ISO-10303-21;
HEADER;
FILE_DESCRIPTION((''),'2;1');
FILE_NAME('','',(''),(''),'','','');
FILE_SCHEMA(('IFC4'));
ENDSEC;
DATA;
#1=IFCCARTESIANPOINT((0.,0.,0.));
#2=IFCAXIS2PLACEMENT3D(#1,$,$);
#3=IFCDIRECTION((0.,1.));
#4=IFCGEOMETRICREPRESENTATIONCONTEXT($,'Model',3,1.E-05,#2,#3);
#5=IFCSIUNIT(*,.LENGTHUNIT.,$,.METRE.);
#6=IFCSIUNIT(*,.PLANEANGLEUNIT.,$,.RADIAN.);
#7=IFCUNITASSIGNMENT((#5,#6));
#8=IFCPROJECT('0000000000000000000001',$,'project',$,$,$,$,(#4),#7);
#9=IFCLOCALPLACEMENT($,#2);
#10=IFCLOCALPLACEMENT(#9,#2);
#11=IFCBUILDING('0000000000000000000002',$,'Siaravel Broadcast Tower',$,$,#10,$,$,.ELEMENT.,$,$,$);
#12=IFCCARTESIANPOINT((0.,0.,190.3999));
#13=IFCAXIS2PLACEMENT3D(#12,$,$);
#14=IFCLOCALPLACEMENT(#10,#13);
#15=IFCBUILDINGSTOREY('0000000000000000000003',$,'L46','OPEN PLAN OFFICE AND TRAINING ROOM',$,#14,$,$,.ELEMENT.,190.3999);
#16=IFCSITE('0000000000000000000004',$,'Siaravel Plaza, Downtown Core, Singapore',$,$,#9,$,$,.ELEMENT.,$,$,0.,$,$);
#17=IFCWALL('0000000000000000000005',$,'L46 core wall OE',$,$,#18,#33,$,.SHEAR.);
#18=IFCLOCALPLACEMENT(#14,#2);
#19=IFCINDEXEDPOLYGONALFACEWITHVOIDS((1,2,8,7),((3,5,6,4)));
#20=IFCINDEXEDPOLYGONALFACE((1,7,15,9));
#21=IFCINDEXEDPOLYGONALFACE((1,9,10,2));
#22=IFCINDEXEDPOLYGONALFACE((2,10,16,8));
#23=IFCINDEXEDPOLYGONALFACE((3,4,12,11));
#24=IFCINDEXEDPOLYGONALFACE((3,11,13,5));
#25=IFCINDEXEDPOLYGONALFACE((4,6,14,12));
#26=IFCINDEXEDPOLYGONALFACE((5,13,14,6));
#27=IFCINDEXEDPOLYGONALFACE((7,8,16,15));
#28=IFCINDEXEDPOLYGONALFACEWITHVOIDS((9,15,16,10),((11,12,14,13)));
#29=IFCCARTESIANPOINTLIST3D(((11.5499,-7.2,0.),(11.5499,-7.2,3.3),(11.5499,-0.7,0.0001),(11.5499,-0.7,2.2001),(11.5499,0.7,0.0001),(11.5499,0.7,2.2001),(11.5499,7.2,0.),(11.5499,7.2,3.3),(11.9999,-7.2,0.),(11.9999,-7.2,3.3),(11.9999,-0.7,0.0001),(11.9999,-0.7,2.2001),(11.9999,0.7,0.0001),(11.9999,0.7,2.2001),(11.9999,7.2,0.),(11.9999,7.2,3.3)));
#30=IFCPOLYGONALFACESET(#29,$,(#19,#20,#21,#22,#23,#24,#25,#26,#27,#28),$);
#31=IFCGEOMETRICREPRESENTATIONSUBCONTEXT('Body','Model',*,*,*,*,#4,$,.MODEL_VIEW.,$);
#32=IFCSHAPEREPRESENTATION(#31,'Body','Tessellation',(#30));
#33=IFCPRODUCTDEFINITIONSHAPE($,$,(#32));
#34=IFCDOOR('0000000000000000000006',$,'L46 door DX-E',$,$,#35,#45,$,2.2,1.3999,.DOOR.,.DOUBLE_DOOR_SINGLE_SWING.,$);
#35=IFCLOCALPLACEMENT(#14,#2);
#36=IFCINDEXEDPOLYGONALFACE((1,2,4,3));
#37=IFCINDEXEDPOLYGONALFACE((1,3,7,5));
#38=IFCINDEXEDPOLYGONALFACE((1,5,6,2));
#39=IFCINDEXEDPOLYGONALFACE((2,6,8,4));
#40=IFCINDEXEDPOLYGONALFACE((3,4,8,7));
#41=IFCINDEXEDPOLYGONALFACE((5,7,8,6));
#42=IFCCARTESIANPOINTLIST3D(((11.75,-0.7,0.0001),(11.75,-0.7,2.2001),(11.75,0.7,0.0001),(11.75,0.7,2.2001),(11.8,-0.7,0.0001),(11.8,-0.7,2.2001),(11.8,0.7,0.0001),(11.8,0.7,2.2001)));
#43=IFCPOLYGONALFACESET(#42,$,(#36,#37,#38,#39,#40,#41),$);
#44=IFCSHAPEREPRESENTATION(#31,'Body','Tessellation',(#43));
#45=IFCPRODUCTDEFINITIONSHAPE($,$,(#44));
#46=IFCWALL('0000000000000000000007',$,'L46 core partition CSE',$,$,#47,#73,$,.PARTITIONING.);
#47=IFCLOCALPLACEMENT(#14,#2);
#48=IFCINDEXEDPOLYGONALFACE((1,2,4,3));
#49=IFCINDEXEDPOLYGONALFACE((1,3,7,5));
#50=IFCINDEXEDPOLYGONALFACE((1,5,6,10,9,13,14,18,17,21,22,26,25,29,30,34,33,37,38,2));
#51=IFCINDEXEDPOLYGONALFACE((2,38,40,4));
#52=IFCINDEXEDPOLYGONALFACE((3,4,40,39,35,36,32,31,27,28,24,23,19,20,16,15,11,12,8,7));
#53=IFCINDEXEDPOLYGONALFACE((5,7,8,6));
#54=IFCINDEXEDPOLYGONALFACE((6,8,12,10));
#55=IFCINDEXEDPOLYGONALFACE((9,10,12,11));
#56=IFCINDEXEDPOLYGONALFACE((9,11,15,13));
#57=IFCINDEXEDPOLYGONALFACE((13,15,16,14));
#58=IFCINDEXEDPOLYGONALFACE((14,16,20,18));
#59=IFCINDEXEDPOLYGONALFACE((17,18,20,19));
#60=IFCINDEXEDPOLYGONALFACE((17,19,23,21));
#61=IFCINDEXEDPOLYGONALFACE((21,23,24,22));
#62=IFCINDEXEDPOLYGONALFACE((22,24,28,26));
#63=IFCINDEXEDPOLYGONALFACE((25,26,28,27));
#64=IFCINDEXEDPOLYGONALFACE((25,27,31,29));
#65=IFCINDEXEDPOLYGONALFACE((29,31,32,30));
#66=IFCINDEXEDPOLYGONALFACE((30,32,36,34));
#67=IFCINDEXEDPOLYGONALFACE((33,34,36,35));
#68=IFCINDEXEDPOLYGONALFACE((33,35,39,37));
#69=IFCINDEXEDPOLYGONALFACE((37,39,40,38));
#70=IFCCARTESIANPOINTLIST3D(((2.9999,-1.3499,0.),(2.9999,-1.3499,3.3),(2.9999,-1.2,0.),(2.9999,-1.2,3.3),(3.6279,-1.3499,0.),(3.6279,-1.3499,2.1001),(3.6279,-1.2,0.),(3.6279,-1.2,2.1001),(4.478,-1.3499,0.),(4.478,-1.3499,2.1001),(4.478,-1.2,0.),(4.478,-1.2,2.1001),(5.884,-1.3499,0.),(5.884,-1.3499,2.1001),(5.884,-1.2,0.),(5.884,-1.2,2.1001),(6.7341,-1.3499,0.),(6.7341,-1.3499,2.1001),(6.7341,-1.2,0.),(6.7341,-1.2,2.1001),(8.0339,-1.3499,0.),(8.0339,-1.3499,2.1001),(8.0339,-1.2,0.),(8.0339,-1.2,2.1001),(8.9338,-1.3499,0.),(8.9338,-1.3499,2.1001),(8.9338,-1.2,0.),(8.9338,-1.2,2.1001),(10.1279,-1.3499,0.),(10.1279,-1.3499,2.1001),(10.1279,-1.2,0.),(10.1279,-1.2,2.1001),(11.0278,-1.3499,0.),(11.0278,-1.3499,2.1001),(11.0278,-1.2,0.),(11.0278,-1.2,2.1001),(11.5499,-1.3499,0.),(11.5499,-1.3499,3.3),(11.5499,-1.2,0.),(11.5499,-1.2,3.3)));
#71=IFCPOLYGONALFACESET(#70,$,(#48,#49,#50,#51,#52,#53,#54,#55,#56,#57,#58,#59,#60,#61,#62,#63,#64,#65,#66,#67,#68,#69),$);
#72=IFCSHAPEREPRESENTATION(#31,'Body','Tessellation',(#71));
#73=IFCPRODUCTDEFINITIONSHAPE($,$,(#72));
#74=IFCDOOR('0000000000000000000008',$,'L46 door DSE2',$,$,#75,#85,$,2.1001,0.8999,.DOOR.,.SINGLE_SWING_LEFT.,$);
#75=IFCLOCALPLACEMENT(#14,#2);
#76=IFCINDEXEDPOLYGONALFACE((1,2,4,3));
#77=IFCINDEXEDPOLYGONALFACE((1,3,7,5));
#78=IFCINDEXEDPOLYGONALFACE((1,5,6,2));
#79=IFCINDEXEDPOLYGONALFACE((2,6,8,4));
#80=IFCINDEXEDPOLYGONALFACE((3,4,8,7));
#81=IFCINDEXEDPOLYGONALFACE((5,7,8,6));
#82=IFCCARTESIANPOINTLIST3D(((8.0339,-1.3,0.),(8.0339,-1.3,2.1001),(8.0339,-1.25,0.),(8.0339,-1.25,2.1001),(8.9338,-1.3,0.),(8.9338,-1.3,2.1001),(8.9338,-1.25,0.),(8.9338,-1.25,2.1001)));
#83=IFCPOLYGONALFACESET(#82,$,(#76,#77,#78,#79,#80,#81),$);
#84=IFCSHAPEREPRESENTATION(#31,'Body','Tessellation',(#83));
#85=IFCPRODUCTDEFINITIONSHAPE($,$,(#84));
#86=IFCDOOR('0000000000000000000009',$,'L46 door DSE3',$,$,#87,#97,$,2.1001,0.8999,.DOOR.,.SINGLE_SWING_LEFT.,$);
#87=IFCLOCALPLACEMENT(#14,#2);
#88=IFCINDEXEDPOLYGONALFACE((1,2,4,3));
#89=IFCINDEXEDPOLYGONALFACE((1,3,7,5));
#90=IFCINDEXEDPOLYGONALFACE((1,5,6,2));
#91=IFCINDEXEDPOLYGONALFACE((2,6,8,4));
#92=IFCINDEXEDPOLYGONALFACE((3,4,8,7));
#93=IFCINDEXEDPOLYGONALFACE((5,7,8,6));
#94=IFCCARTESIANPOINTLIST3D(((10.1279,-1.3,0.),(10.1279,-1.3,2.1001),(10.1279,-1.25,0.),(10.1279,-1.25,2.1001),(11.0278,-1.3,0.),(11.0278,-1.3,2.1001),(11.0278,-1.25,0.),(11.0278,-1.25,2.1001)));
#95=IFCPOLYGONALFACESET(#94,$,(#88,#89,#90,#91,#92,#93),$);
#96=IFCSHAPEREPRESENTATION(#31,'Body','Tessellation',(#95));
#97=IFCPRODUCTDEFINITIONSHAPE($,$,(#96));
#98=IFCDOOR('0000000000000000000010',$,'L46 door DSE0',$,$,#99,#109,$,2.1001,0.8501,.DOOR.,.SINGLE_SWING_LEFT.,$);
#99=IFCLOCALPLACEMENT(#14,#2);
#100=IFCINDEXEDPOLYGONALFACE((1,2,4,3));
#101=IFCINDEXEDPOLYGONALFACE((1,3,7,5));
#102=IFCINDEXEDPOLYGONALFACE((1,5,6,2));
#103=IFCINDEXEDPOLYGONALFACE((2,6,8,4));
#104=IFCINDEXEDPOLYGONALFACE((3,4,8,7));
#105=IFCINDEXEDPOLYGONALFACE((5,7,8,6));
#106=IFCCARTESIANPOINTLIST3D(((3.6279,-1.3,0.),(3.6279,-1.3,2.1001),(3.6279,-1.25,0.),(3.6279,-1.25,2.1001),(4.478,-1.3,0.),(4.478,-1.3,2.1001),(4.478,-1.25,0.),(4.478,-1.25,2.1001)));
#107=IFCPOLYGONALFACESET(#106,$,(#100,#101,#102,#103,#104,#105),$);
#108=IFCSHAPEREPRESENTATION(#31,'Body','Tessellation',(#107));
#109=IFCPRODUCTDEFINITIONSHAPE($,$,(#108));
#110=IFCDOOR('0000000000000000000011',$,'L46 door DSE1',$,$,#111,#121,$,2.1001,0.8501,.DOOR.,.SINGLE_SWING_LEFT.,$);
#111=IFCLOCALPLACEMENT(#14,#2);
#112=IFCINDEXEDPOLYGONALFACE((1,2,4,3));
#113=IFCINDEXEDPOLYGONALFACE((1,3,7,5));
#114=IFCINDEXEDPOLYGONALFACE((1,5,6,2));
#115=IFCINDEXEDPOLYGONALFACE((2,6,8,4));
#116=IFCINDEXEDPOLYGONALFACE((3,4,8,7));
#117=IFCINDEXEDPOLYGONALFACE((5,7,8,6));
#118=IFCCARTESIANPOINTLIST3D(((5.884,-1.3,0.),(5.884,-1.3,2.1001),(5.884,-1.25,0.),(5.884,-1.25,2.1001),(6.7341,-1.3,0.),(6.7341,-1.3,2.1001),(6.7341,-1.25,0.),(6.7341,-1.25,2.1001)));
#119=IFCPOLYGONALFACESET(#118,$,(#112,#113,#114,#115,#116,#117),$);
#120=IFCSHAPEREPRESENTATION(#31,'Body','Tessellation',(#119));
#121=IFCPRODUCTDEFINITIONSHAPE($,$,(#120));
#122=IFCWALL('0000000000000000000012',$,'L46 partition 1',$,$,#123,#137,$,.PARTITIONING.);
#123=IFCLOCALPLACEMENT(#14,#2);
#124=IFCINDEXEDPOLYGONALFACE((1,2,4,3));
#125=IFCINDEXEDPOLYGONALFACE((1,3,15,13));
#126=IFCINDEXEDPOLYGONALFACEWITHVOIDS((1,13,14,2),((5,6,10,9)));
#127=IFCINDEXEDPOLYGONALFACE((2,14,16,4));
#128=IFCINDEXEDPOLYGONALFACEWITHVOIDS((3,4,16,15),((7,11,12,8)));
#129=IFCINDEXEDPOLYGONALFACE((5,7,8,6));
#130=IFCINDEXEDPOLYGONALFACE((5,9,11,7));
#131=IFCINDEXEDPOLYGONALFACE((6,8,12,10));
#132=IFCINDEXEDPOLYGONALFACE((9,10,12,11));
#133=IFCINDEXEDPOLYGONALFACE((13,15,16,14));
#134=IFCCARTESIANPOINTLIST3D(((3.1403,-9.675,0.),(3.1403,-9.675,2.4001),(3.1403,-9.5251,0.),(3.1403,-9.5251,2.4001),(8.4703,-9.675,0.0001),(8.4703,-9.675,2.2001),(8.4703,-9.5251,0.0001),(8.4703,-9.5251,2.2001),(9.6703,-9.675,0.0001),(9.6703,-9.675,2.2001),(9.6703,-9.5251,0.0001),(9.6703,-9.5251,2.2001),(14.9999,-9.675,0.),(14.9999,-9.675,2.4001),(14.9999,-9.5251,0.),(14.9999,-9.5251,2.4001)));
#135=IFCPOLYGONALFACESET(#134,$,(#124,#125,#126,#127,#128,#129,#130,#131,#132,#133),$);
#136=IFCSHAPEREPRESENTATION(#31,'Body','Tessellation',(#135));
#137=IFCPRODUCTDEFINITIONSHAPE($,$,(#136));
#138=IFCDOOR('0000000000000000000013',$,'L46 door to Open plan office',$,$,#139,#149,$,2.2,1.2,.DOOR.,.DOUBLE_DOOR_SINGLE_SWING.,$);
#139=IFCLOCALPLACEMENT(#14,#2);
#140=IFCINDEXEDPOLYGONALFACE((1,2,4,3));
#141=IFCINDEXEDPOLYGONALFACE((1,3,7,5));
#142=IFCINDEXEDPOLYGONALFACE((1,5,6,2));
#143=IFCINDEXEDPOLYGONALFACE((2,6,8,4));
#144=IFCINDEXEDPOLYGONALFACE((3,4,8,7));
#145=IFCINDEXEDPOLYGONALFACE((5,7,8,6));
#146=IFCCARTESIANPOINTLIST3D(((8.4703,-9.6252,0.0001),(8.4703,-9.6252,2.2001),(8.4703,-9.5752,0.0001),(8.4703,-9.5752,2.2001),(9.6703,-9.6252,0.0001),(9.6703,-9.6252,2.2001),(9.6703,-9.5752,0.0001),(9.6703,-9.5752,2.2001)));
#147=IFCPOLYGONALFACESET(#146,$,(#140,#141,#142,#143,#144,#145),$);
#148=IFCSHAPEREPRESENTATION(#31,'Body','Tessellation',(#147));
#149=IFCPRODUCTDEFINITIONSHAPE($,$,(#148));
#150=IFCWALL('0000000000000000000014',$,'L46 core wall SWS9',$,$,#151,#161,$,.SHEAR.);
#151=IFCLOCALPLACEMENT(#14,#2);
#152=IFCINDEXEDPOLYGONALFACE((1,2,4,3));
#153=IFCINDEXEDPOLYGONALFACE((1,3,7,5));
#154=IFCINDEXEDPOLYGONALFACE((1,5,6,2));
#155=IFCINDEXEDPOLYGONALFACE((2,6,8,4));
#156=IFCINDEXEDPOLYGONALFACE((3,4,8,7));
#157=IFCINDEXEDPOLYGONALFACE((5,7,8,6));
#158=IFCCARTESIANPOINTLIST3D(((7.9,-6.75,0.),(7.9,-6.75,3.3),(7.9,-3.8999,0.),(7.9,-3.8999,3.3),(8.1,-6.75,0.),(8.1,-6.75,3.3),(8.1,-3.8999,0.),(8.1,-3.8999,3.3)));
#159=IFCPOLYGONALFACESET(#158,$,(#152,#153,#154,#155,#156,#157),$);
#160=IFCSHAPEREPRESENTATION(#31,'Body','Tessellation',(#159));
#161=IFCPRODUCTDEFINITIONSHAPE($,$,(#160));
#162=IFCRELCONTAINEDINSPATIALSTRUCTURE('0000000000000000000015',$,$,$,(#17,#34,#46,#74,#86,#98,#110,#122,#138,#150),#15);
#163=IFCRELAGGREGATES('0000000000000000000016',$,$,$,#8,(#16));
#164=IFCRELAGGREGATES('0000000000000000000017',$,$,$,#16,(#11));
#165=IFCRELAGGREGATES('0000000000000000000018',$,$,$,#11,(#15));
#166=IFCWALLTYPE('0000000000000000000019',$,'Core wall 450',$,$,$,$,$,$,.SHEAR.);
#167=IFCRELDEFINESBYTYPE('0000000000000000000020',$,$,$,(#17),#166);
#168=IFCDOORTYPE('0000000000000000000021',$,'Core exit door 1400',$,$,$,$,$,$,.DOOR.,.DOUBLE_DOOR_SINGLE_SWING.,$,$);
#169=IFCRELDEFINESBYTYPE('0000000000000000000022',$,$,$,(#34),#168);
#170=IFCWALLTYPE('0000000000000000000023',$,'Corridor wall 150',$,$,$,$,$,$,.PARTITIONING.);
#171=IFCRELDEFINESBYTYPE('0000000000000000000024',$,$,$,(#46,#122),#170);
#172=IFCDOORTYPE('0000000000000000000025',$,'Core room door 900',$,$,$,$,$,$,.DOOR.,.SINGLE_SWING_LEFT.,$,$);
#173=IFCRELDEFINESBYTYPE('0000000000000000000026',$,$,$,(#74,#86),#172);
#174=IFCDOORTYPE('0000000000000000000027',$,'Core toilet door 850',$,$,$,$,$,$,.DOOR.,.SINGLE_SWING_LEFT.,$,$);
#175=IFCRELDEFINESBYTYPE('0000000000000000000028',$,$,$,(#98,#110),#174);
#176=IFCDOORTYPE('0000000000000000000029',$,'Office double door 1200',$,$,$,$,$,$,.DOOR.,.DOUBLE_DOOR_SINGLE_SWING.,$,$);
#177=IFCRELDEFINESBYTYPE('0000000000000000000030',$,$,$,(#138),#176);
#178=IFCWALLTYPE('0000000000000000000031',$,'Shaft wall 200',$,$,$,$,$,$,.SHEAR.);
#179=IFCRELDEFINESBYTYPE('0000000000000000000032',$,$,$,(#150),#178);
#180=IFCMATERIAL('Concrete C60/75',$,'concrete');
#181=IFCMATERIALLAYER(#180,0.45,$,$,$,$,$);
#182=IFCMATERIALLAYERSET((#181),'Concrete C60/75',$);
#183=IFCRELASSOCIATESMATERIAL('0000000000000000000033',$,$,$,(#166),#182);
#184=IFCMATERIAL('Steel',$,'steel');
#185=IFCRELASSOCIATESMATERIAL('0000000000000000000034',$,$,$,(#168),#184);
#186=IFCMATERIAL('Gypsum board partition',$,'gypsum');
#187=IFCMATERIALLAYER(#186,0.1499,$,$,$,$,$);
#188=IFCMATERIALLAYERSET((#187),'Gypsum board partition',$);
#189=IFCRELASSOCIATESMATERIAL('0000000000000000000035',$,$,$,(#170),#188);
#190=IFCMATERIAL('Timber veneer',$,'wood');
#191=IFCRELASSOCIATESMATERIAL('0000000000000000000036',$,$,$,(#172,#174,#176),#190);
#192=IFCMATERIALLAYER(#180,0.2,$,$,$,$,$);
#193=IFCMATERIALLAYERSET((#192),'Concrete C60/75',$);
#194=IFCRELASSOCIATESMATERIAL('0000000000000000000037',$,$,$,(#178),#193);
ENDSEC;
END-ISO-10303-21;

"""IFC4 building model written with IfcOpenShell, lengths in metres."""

from ifc_helpers import new_model, si_unit, direction, frame, frame_2d, origin, place, context, subcontext, project, spatial, rectangle, extrude, material, layer, layer_set, type_object, element, fill, save


model = new_model("IFC4")

# Units and contexts
model_context = context("Model", 3, precision=1e-05, world=origin(), true_north=direction((0.0, 1.0)))
body_context = subcontext(model_context, "Body", "Model", "MODEL_VIEW")
ifc_project = project(units=[si_unit("LENGTHUNIT", "METRE"), si_unit("PLANEANGLEUNIT", "RADIAN")], contexts=[model_context])

# Site, building, storey
site_placement = place(None, origin())
site = spatial("IfcSite", under=ifc_project, at=site_placement, Name="Siaravel Plaza, Downtown Core, Singapore", CompositionType="ELEMENT", RefElevation=0.0)
building_placement = place(site_placement, origin())
building = spatial("IfcBuilding", under=site, at=building_placement, Name="Siaravel Broadcast Tower", CompositionType="ELEMENT")
storey_placement = place(building_placement, frame((0.0, 0.0, 190.3999)))
storey = spatial("IfcBuildingStorey", under=building, at=storey_placement, Name="L46", Description="OPEN PLAN OFFICE AND TRAINING ROOM", CompositionType="ELEMENT", Elevation=190.3999)

# Shared definitions
ifc_material_1 = material(Name="Concrete C60/75", Category="concrete")

# Wall, opening, door
ifc_layer_1 = layer(ifc_material_1, 0.45)
ifc_layer_set_1 = layer_set([ifc_layer_1], Name="Concrete C60/75")
wall_type_1 = type_object("IfcWallType", Name="Core wall 450", PredefinedType="SHEAR", material=ifc_layer_set_1)
wall_1_placement = place(storey_placement, frame((11.7749, -7.2, 0.0), z_axis=(0.0, 0.0, 1.0), x_axis=(0.0, 1.0, 0.0)))
wall_1 = element("IfcWall", 1, at=wall_1_placement, inside=storey, type_object=wall_type_1, Name="L46 core wall OE", PredefinedType="SHEAR", context=body_context, shape_type="SweptSolid", body=[
    extrude(rectangle(XDim=14.3999, YDim=0.45, at=frame_2d((7.2, 0.0))), origin(), (0.0, 0.0, 1.0), 3.3),
])
opening_1_placement = place(wall_1_placement, frame((6.5, 0.0, 0.0)))
opening_1 = element("IfcOpeningElement", 2, at=opening_1_placement, cuts=wall_1, PredefinedType="OPENING", context=body_context, shape_type="SweptSolid", body=[
    extrude(rectangle(XDim=1.3999, YDim=2.2, at=frame_2d((0.7, 1.1001))), frame((0.0, 0.2349, 0.0), z_axis=(0.0, -1.0, 0.0), x_axis=(1.0, 0.0, 0.0)), (0.0, 0.0, 1.0), 0.47),
])
ifc_material_2 = material(Name="Steel", Category="steel")
door_type_1 = type_object("IfcDoorType", Name="Core exit door 1400", OperationType="DOUBLE_DOOR_SINGLE_SWING", PredefinedType="DOOR", material=ifc_material_2)
door_1_placement = place(opening_1_placement, origin())
door_1 = element("IfcDoor", 3, at=door_1_placement, inside=storey, type_object=door_type_1, Name="L46 door DX-E", OperationType="DOUBLE_DOOR_SINGLE_SWING", OverallHeight=2.2, OverallWidth=1.3999, PredefinedType="DOOR", context=body_context, shape_type="SweptSolid", body=[
    extrude(rectangle(XDim=1.3999, YDim=2.2, at=frame_2d((0.7, 1.1001))), frame((0.0, 0.0249, 0.0), z_axis=(0.0, -1.0, 0.0), x_axis=(1.0, 0.0, 0.0)), (0.0, 0.0, 1.0), 0.05),
])
fill(opening_1, door_1)

# Wall, openings, doors
ifc_material_3 = material(Name="Gypsum board partition", Category="gypsum")
ifc_layer_2 = layer(ifc_material_3, 0.1499)
ifc_layer_set_2 = layer_set([ifc_layer_2], Name="Gypsum board partition")
wall_type_2 = type_object("IfcWallType", Name="Corridor wall 150", PredefinedType="PARTITIONING", material=ifc_layer_set_2)
wall_2_placement = place(storey_placement, frame((3.0, -1.2749, 0.0), z_axis=(0.0, 0.0, 1.0), x_axis=(1.0, 0.0, 0.0)))
wall_2 = element("IfcWall", 4, at=wall_2_placement, inside=storey, type_object=wall_type_2, Name="L46 core partition CSE", PredefinedType="PARTITIONING", context=body_context, shape_type="SweptSolid", body=[
    extrude(rectangle(XDim=8.55, YDim=0.1499, at=frame_2d((4.2749, 0.0))), origin(), (0.0, 0.0, 1.0), 3.3),
])
opening_2_placement = place(wall_2_placement, frame((0.6279, 0.0, 0.0)))
opening_2 = element("IfcOpeningElement", 5, at=opening_2_placement, cuts=wall_2, PredefinedType="OPENING", context=body_context, shape_type="SweptSolid", body=[
    extrude(rectangle(XDim=0.8501, YDim=2.1001, at=frame_2d((0.425, 1.05))), frame((0.0, 0.085, 0.0), z_axis=(0.0, -1.0, 0.0), x_axis=(1.0, 0.0, 0.0)), (0.0, 0.0, 1.0), 0.1699),
])
opening_3_placement = place(wall_2_placement, frame((2.884, 0.0, 0.0)))
opening_3 = element("IfcOpeningElement", 6, at=opening_3_placement, cuts=wall_2, PredefinedType="OPENING", context=body_context, shape_type="SweptSolid", body=[
    extrude(rectangle(XDim=0.8501, YDim=2.1001, at=frame_2d((0.425, 1.05))), frame((0.0, 0.085, 0.0), z_axis=(0.0, -1.0, 0.0), x_axis=(1.0, 0.0, 0.0)), (0.0, 0.0, 1.0), 0.1699),
])
opening_4_placement = place(wall_2_placement, frame((5.0339, 0.0, 0.0)))
opening_4 = element("IfcOpeningElement", 7, at=opening_4_placement, cuts=wall_2, PredefinedType="OPENING", context=body_context, shape_type="SweptSolid", body=[
    extrude(rectangle(XDim=0.8999, YDim=2.1001, at=frame_2d((0.45, 1.05))), frame((0.0, 0.085, 0.0), z_axis=(0.0, -1.0, 0.0), x_axis=(1.0, 0.0, 0.0)), (0.0, 0.0, 1.0), 0.1699),
])
opening_5_placement = place(wall_2_placement, frame((7.1279, 0.0, 0.0)))
opening_5 = element("IfcOpeningElement", 8, at=opening_5_placement, cuts=wall_2, PredefinedType="OPENING", context=body_context, shape_type="SweptSolid", body=[
    extrude(rectangle(XDim=0.8999, YDim=2.1001, at=frame_2d((0.45, 1.05))), frame((0.0, 0.085, 0.0), z_axis=(0.0, -1.0, 0.0), x_axis=(1.0, 0.0, 0.0)), (0.0, 0.0, 1.0), 0.1699),
])
ifc_material_4 = material(Name="Timber veneer", Category="wood")
door_type_2 = type_object("IfcDoorType", Name="Core room door 900", OperationType="SINGLE_SWING_LEFT", PredefinedType="DOOR", material=ifc_material_4)
door_2_placement = place(opening_4_placement, origin())
door_2 = element("IfcDoor", 9, at=door_2_placement, inside=storey, type_object=door_type_2, Name="L46 door DSE2", OperationType="SINGLE_SWING_LEFT", OverallHeight=2.1001, OverallWidth=0.8999, PredefinedType="DOOR", context=body_context, shape_type="SweptSolid", body=[
    extrude(rectangle(XDim=0.8999, YDim=2.1001, at=frame_2d((0.45, 1.05))), frame((0.0, 0.0249, 0.0), z_axis=(0.0, -1.0, 0.0), x_axis=(1.0, 0.0, 0.0)), (0.0, 0.0, 1.0), 0.05),
])
fill(opening_4, door_2)
door_3_placement = place(opening_5_placement, origin())
door_3 = element("IfcDoor", 10, at=door_3_placement, inside=storey, type_object=door_type_2, Name="L46 door DSE3", OperationType="SINGLE_SWING_LEFT", OverallHeight=2.1001, OverallWidth=0.8999, PredefinedType="DOOR", context=body_context, shape_type="SweptSolid", body=[
    extrude(rectangle(XDim=0.8999, YDim=2.1001, at=frame_2d((0.45, 1.05))), frame((0.0, 0.0249, 0.0), z_axis=(0.0, -1.0, 0.0), x_axis=(1.0, 0.0, 0.0)), (0.0, 0.0, 1.0), 0.05),
])
fill(opening_5, door_3)
door_type_3 = type_object("IfcDoorType", Name="Core toilet door 850", OperationType="SINGLE_SWING_LEFT", PredefinedType="DOOR", material=ifc_material_4)
door_4_placement = place(opening_2_placement, origin())
door_4 = element("IfcDoor", 11, at=door_4_placement, inside=storey, type_object=door_type_3, Name="L46 door DSE0", OperationType="SINGLE_SWING_LEFT", OverallHeight=2.1001, OverallWidth=0.8501, PredefinedType="DOOR", context=body_context, shape_type="SweptSolid", body=[
    extrude(rectangle(XDim=0.8501, YDim=2.1001, at=frame_2d((0.425, 1.05))), frame((0.0, 0.0249, 0.0), z_axis=(0.0, -1.0, 0.0), x_axis=(1.0, 0.0, 0.0)), (0.0, 0.0, 1.0), 0.05),
])
fill(opening_2, door_4)
door_5_placement = place(opening_3_placement, origin())
door_5 = element("IfcDoor", 12, at=door_5_placement, inside=storey, type_object=door_type_3, Name="L46 door DSE1", OperationType="SINGLE_SWING_LEFT", OverallHeight=2.1001, OverallWidth=0.8501, PredefinedType="DOOR", context=body_context, shape_type="SweptSolid", body=[
    extrude(rectangle(XDim=0.8501, YDim=2.1001, at=frame_2d((0.425, 1.05))), frame((0.0, 0.0249, 0.0), z_axis=(0.0, -1.0, 0.0), x_axis=(1.0, 0.0, 0.0)), (0.0, 0.0, 1.0), 0.05),
])
fill(opening_3, door_5)

# Wall, opening, door
wall_3_placement = place(storey_placement, frame((3.1404, -9.6001, 0.0), z_axis=(0.0, 0.0, 1.0), x_axis=(1.0, 0.0, 0.0)))
wall_3 = element("IfcWall", 13, at=wall_3_placement, inside=storey, type_object=wall_type_2, Name="L46 partition 1", PredefinedType="PARTITIONING", context=body_context, shape_type="SweptSolid", body=[
    extrude(rectangle(XDim=11.8596, YDim=0.1499, at=frame_2d((5.9297, 0.0))), origin(), (0.0, 0.0, 1.0), 2.4001),
])
opening_6_placement = place(wall_3_placement, frame((5.3298, 0.0, 0.0)))
opening_6 = element("IfcOpeningElement", 14, at=opening_6_placement, cuts=wall_3, PredefinedType="OPENING", context=body_context, shape_type="SweptSolid", body=[
    extrude(rectangle(XDim=1.2, YDim=2.2, at=frame_2d((0.6001, 1.1001))), frame((0.0, 0.085, 0.0), z_axis=(0.0, -1.0, 0.0), x_axis=(1.0, 0.0, 0.0)), (0.0, 0.0, 1.0), 0.1699),
])
door_type_4 = type_object("IfcDoorType", Name="Office double door 1200", OperationType="DOUBLE_DOOR_SINGLE_SWING", PredefinedType="DOOR", material=ifc_material_4)
door_6_placement = place(opening_6_placement, origin())
door_6 = element("IfcDoor", 15, at=door_6_placement, inside=storey, type_object=door_type_4, Name="L46 door to Open plan office", OperationType="DOUBLE_DOOR_SINGLE_SWING", OverallHeight=2.2, OverallWidth=1.2, PredefinedType="DOOR", context=body_context, shape_type="SweptSolid", body=[
    extrude(rectangle(XDim=1.2, YDim=2.2, at=frame_2d((0.6001, 1.1001))), frame((0.0, 0.0249, 0.0), z_axis=(0.0, -1.0, 0.0), x_axis=(1.0, 0.0, 0.0)), (0.0, 0.0, 1.0), 0.05),
])
fill(opening_6, door_6)

# Wall
ifc_layer_3 = layer(ifc_material_1, 0.2)
ifc_layer_set_3 = layer_set([ifc_layer_3], Name="Concrete C60/75")
wall_type_3 = type_object("IfcWallType", Name="Shaft wall 200", PredefinedType="SHEAR", material=ifc_layer_set_3)
for number, where, z_axis, x_axis, name in (
    (16, (8.0, -6.75, 0.0), (0.0, 0.0, 1.0), (0.0, 1.0, 0.0), "L46 core wall SWS9"),
):
    element("IfcWall", number, at=place(storey_placement, frame(where, z_axis=z_axis, x_axis=x_axis)), inside=storey, type_object=wall_type_3, Name=name, PredefinedType="SHEAR", context=body_context, shape_type="SweptSolid", body=[
        extrude(rectangle(XDim=2.8501, YDim=0.2, at=frame_2d((1.425, 0.0))), origin(), (0.0, 0.0, 1.0), 3.3),
    ])

save(model, "model.ifc")
